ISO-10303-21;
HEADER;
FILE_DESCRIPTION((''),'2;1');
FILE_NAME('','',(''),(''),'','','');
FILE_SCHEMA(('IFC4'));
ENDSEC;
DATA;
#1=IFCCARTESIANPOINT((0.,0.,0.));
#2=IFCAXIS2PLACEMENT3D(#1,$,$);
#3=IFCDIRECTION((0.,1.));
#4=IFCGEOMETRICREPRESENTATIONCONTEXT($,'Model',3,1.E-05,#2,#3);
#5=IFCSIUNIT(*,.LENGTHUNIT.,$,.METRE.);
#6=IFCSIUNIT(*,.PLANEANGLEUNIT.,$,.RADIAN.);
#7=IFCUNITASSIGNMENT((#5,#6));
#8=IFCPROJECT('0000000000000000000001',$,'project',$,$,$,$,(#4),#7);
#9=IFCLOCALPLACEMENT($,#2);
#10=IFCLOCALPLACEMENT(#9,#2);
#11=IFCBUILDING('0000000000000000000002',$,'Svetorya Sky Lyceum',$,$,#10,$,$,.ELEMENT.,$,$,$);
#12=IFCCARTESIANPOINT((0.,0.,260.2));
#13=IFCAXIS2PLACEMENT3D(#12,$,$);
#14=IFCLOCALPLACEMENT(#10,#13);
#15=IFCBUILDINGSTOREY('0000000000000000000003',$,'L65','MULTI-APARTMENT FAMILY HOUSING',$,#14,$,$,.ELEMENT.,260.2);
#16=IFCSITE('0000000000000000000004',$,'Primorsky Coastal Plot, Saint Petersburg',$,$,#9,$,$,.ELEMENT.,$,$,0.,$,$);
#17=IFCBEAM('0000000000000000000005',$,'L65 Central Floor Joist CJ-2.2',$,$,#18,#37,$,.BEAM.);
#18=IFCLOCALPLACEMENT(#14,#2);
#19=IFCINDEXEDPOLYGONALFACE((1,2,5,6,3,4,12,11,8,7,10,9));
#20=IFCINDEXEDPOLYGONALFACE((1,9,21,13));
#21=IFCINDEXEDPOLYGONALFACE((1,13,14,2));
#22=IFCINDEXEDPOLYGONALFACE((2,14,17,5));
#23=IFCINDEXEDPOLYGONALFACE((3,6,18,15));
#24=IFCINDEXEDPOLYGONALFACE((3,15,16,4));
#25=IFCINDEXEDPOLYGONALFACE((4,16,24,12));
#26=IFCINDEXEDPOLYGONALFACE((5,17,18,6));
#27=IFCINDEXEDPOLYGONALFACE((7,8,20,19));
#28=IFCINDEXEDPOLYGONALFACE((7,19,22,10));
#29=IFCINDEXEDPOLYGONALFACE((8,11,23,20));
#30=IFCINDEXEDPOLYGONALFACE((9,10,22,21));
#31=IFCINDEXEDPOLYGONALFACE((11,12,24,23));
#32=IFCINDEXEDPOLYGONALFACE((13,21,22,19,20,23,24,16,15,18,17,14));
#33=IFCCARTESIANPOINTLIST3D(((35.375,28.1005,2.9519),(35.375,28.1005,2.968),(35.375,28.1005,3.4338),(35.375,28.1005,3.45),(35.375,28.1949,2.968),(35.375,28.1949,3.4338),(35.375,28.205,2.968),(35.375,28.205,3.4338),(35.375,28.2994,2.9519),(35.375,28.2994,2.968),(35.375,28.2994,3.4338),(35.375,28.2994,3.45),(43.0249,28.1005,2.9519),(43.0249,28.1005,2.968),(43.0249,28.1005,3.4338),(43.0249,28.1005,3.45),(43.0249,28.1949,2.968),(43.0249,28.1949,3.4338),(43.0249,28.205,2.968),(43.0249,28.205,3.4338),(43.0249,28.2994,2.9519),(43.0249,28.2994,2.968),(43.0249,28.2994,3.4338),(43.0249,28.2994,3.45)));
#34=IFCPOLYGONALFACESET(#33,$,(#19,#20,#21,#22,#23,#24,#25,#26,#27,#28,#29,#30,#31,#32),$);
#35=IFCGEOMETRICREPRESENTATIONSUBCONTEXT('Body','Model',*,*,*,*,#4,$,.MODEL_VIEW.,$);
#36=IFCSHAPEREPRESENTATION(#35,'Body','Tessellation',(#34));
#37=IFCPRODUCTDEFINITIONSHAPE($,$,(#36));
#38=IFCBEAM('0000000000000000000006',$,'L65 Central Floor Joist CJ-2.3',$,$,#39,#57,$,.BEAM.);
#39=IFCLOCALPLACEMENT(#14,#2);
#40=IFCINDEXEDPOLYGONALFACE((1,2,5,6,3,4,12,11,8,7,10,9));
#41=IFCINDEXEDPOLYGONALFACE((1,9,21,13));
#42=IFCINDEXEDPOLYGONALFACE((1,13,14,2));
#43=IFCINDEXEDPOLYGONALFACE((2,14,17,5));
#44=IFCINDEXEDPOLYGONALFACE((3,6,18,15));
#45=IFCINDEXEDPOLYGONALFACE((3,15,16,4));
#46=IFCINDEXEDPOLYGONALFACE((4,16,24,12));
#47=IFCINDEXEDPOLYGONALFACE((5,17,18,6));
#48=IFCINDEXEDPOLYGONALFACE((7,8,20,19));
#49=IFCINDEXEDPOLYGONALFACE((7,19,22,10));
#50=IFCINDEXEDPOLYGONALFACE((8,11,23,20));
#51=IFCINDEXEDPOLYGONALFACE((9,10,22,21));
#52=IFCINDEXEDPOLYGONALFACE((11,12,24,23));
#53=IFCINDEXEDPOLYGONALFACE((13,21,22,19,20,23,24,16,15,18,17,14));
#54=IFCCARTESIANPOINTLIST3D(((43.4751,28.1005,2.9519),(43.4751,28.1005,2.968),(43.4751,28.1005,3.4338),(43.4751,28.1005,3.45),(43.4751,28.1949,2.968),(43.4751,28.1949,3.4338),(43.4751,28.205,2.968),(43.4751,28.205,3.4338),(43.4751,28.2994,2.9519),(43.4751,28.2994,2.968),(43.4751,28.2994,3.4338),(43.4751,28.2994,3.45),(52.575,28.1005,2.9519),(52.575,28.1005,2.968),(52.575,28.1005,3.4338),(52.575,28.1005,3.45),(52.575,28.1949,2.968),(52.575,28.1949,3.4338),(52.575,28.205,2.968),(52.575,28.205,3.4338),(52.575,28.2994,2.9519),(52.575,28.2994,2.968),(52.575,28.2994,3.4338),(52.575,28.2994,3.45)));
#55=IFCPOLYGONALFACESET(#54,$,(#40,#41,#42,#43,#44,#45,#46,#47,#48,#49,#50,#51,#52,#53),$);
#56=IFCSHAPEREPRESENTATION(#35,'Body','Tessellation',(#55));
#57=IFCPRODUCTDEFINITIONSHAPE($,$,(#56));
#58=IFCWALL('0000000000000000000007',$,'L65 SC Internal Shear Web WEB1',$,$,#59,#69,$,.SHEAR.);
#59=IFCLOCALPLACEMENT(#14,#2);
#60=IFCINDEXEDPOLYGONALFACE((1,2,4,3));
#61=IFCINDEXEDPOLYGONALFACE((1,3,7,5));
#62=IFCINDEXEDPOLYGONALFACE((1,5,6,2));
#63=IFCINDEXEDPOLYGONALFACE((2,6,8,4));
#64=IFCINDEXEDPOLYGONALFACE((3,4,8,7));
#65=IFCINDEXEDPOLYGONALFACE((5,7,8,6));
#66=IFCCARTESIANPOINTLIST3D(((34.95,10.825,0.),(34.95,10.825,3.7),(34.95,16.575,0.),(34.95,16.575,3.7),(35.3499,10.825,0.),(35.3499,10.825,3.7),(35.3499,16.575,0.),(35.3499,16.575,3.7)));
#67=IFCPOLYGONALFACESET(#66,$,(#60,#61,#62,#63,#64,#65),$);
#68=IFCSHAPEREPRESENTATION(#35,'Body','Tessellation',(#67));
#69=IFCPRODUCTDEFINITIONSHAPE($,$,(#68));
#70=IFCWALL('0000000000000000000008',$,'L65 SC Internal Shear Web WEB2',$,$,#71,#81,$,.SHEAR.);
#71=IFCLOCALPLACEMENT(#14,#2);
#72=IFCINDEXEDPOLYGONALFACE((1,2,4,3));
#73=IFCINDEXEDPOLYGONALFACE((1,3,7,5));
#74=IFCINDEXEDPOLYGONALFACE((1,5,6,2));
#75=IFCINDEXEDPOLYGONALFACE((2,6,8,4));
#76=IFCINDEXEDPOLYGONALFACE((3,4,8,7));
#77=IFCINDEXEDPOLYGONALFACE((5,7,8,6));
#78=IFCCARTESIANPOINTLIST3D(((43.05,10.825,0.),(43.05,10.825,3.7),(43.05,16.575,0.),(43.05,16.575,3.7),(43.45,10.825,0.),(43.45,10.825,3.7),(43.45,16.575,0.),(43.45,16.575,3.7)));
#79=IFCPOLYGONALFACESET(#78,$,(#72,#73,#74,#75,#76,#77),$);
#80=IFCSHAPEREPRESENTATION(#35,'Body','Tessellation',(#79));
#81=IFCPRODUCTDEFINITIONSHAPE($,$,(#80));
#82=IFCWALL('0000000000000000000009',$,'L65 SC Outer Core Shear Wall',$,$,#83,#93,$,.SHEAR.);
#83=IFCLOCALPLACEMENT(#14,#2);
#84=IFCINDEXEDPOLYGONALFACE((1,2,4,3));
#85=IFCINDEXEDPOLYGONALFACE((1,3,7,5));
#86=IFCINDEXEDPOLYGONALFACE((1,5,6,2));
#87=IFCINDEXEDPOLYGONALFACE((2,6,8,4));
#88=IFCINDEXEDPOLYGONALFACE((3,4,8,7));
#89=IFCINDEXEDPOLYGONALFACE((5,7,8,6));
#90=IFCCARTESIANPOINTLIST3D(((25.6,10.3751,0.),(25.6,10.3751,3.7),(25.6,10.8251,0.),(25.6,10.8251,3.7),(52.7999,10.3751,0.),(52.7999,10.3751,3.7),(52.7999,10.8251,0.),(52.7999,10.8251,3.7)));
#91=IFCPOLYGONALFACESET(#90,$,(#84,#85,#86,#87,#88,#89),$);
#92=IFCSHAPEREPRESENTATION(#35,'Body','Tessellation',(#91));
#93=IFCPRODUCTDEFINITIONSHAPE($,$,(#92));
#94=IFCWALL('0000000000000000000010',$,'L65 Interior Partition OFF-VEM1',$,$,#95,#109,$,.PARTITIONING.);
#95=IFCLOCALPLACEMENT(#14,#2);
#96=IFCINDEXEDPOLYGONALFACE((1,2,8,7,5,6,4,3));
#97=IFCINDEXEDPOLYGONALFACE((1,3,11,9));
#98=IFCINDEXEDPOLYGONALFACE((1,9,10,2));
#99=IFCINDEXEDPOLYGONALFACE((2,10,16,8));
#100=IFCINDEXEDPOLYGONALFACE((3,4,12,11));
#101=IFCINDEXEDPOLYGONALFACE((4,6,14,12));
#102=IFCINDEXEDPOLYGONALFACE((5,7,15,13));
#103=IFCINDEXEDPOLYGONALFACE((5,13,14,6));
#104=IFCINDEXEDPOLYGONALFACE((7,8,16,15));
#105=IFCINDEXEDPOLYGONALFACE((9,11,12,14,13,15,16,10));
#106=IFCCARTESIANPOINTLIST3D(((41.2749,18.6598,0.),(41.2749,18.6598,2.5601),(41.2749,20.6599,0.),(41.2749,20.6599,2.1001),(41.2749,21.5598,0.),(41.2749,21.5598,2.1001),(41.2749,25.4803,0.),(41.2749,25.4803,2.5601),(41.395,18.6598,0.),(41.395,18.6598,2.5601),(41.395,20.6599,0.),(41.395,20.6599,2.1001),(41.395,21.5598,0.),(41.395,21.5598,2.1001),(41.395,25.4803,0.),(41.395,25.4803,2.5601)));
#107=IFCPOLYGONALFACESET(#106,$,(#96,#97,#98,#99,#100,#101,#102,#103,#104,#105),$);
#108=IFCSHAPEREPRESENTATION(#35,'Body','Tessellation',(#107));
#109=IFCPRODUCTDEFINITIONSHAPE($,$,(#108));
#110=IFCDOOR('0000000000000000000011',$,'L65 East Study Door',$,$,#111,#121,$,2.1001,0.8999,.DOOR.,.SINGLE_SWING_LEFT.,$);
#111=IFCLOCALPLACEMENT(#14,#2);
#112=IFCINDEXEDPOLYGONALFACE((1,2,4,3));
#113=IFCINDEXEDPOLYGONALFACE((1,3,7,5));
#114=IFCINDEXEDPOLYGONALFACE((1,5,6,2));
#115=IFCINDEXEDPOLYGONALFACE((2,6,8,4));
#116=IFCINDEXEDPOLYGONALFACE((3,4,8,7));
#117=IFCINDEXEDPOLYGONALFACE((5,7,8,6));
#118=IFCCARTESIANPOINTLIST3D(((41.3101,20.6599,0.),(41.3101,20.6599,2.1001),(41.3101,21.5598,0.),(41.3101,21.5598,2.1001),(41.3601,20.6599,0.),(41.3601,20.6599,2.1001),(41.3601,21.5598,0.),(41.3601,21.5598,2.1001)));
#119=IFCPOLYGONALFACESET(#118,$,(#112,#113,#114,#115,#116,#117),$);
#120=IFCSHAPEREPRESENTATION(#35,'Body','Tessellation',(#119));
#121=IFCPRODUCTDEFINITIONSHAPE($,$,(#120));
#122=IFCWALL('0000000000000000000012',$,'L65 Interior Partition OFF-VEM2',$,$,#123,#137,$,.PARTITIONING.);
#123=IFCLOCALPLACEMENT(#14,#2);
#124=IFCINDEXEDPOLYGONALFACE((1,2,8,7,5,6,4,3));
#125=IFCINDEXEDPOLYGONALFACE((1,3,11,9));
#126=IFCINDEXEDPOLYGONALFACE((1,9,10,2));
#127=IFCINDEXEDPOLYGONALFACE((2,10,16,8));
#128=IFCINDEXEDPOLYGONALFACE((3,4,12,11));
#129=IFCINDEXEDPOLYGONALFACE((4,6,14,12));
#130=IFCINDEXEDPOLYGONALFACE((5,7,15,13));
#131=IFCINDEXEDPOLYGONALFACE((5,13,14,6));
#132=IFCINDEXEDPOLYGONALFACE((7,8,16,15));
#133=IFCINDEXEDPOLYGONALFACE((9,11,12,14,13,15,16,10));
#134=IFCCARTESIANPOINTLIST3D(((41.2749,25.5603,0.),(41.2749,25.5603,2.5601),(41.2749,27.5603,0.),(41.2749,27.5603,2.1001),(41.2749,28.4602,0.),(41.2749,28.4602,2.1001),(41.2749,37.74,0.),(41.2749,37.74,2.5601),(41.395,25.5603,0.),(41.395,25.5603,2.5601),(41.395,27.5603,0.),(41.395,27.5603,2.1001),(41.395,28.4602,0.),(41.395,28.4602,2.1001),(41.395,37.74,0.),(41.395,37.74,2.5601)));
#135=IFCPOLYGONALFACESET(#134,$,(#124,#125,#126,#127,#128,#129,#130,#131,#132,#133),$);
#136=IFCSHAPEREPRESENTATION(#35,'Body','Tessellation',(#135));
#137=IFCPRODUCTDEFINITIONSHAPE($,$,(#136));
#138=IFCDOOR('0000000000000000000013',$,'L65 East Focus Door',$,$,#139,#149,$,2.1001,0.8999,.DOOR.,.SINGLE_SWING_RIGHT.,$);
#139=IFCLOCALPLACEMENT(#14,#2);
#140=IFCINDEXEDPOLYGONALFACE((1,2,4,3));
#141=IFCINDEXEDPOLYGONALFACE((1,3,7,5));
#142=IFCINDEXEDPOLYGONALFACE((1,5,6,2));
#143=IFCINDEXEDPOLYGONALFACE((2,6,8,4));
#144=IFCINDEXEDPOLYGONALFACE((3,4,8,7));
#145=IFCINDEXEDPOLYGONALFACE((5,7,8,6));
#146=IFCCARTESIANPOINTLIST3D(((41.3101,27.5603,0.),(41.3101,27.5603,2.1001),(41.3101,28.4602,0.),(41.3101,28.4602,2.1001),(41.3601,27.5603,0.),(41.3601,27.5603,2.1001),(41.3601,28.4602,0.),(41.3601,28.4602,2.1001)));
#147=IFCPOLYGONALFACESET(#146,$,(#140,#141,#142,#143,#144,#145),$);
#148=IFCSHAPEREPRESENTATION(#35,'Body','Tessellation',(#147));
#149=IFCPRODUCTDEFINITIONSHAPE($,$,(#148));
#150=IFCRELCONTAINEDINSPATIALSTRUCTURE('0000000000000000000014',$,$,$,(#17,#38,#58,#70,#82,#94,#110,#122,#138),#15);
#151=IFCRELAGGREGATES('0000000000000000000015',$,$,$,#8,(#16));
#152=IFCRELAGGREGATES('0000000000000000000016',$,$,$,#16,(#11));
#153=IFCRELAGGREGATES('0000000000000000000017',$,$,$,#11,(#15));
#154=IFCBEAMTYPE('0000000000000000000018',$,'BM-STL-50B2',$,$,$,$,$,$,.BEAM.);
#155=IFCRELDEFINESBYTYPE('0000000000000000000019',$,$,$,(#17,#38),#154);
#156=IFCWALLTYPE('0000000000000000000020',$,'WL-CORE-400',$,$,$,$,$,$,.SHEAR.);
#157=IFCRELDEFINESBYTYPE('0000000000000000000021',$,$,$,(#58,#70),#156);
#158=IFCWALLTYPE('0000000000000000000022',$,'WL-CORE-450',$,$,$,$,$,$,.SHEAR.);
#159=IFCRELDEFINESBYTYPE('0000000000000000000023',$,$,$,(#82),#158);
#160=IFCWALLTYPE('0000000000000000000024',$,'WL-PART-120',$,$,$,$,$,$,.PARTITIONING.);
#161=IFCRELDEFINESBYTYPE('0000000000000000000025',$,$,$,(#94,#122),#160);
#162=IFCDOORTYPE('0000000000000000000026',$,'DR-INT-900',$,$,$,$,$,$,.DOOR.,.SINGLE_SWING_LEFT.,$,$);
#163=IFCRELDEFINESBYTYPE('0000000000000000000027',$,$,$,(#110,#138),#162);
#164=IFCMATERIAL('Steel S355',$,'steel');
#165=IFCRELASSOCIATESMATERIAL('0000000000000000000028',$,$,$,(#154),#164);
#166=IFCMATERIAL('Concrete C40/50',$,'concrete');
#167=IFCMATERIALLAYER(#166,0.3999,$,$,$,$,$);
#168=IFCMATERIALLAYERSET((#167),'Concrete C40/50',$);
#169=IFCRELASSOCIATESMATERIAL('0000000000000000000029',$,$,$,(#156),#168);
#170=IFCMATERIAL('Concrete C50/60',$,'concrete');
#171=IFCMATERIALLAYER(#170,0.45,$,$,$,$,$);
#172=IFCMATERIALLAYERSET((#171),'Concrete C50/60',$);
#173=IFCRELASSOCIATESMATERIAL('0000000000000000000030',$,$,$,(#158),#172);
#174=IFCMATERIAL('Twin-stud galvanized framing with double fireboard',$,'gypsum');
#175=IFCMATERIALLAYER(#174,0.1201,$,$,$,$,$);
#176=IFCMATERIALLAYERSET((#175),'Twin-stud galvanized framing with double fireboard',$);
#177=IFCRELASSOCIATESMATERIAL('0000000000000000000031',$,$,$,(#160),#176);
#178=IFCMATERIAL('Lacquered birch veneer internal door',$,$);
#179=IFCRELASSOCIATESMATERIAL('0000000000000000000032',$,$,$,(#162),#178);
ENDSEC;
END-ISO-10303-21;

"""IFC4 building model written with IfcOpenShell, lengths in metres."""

from ifc_helpers import new_model, si_unit, direction, frame, frame_2d, origin, origin_2d, place, context, subcontext, project, spatial, rectangle, i_section, extrude, material, layer, layer_set, material_profile, profile_set, type_object, element, fill, save


model = new_model("IFC4")

# Units and contexts
model_context = context("Model", 3, precision=1e-05, world=origin(), true_north=direction((0.0, 1.0)))
body_context = subcontext(model_context, "Body", "Model", "MODEL_VIEW")
ifc_project = project(units=[si_unit("LENGTHUNIT", "METRE"), si_unit("PLANEANGLEUNIT", "RADIAN")], contexts=[model_context])

# Site, building, storey
site_placement = place(None, origin())
site = spatial("IfcSite", under=ifc_project, at=site_placement, Name="Primorsky Coastal Plot, Saint Petersburg", CompositionType="ELEMENT", RefElevation=0.0)
building_placement = place(site_placement, origin())
building = spatial("IfcBuilding", under=site, at=building_placement, Name="Svetorya Sky Lyceum", CompositionType="ELEMENT")
storey_placement = place(building_placement, frame((0.0, 0.0, 260.2)))
storey = spatial("IfcBuildingStorey", under=building, at=storey_placement, Name="L65", Description="MULTI-APARTMENT FAMILY HOUSING", CompositionType="ELEMENT", Elevation=260.2)

# Shared definitions
ifc_material_1 = material(Name="Concrete C40/50", Category="concrete")

# Beams
ifc_material_2 = material(Name="Concrete C50/60", Category="concrete")
ifc_material_3 = material(Name="Steel S355", Category="steel")
ifc_material_profile_1 = material_profile(ifc_material_3, i_section(OverallWidth=0.199, OverallDepth=0.498, WebThickness=0.01, FlangeThickness=0.0161, at=origin_2d()), Name="GOST 50B2")
ifc_profile_set_1 = profile_set([ifc_material_profile_1], Name="Steel S355")
beam_type_1 = type_object("IfcBeamType", Name="BM-STL-50B2", PredefinedType="BEAM", material=ifc_profile_set_1)
beam_1_placement = place(storey_placement, frame((35.375, 28.2, 3.2009), z_axis=(1.0, 0.0, 0.0), x_axis=(0.0, 1.0, 0.0)))
element("IfcBeam", 1, at=beam_1_placement, inside=storey, type_object=beam_type_1, Name="L65 Central Floor Joist CJ-2.2", PredefinedType="BEAM", context=body_context, shape_type="SweptSolid", body=[
    extrude(i_section(OverallWidth=0.199, OverallDepth=0.498, WebThickness=0.01, FlangeThickness=0.0161, at=origin_2d()), origin(), (0.0, 0.0, 1.0), 7.6499),
])
beam_2_placement = place(storey_placement, frame((43.4751, 28.2, 3.2009), z_axis=(1.0, 0.0, 0.0), x_axis=(0.0, 1.0, 0.0)))
element("IfcBeam", 2, at=beam_2_placement, inside=storey, type_object=beam_type_1, Name="L65 Central Floor Joist CJ-2.3", PredefinedType="BEAM", context=body_context, shape_type="SweptSolid", body=[
    extrude(i_section(OverallWidth=0.199, OverallDepth=0.498, WebThickness=0.01, FlangeThickness=0.0161, at=origin_2d()), origin(), (0.0, 0.0, 1.0), 9.0999),
])

# Walls
ifc_layer_1 = layer(ifc_material_1, 0.3999)
ifc_layer_set_1 = layer_set([ifc_layer_1], Name="Concrete C40/50")
wall_type_1 = type_object("IfcWallType", Name="WL-CORE-400", PredefinedType="SHEAR", material=ifc_layer_set_1)
for number, where, z_axis, x_axis, name in (
    (3, (35.1499, 10.825, 0.0), (0.0, 0.0, 1.0), (0.0, 1.0, 0.0), "L65 SC Internal Shear Web WEB1"),
    (4, (43.25, 10.825, 0.0), (0.0, 0.0, 1.0), (0.0, 1.0, 0.0), "L65 SC Internal Shear Web WEB2"),
):
    element("IfcWall", number, at=place(storey_placement, frame(where, z_axis=z_axis, x_axis=x_axis)), inside=storey, type_object=wall_type_1, Name=name, PredefinedType="SHEAR", context=body_context, shape_type="SweptSolid", body=[
        extrude(rectangle(XDim=5.75, YDim=0.3999, at=frame_2d((2.875, 0.0))), origin(), (0.0, 0.0, 1.0), 3.7),
    ])
ifc_layer_2 = layer(ifc_material_2, 0.45)
ifc_layer_set_2 = layer_set([ifc_layer_2], Name="Concrete C50/60")
wall_type_2 = type_object("IfcWallType", Name="WL-CORE-450", PredefinedType="SHEAR", material=ifc_layer_set_2)
wall_1_placement = place(storey_placement, frame((52.8, 10.6001, 0.0), z_axis=(0.0, 0.0, 1.0), x_axis=(-1.0, 0.0, 0.0)))
element("IfcWall", 5, at=wall_1_placement, inside=storey, type_object=wall_type_2, Name="L65 SC Outer Core Shear Wall", PredefinedType="SHEAR", context=body_context, shape_type="SweptSolid", body=[
    extrude(rectangle(XDim=27.2, YDim=0.45, at=frame_2d((13.6001, 0.0))), origin(), (0.0, 0.0, 1.0), 3.7),
])

# Walls, openings, doors
ifc_material_4 = material(Name="Twin-stud galvanized framing with double fireboard", Category="gypsum")
ifc_layer_3 = layer(ifc_material_4, 0.1201)
ifc_layer_set_3 = layer_set([ifc_layer_3], Name="Twin-stud galvanized framing with double fireboard")
wall_type_3 = type_object("IfcWallType", Name="WL-PART-120", PredefinedType="PARTITIONING", material=ifc_layer_set_3)
wall_2_placement = place(storey_placement, frame((41.335, 18.6599, 0.0), z_axis=(0.0, 0.0, 1.0), x_axis=(0.0, 1.0, 0.0)))
wall_2 = element("IfcWall", 6, at=wall_2_placement, inside=storey, type_object=wall_type_3, Name="L65 Interior Partition OFF-VEM1", PredefinedType="PARTITIONING", context=body_context, shape_type="SweptSolid", body=[
    extrude(rectangle(XDim=6.8206, YDim=0.1201, at=frame_2d((3.4102, 0.0))), origin(), (0.0, 0.0, 1.0), 2.5601),
])
opening_1_placement = place(wall_2_placement, frame((2.0, 0.0, 0.0)))
opening_1 = element("IfcOpeningElement", 7, at=opening_1_placement, cuts=wall_2, PredefinedType="OPENING", context=body_context, shape_type="SweptSolid", body=[
    extrude(rectangle(XDim=0.8999, YDim=2.1001, at=frame_2d((0.45, 1.05))), frame((0.0, 0.0701, 0.0), z_axis=(0.0, -1.0, 0.0), x_axis=(1.0, 0.0, 0.0)), (0.0, 0.0, 1.0), 0.1401),
])
ifc_material_5 = material(Name="Lacquered birch veneer internal door")
door_type_1 = type_object("IfcDoorType", Name="DR-INT-900", OperationType="SINGLE_SWING_LEFT", PredefinedType="DOOR", material=ifc_material_5)
door_1_placement = place(opening_1_placement, origin())
door_1 = element("IfcDoor", 8, at=door_1_placement, inside=storey, type_object=door_type_1, Name="L65 East Study Door", OperationType="SINGLE_SWING_LEFT", OverallHeight=2.1001, OverallWidth=0.8999, PredefinedType="DOOR", context=body_context, shape_type="SweptSolid", body=[
    extrude(rectangle(XDim=0.8999, YDim=2.1001, at=frame_2d((0.45, 1.05))), frame((0.0, 0.0249, 0.0), z_axis=(0.0, -1.0, 0.0), x_axis=(1.0, 0.0, 0.0)), (0.0, 0.0, 1.0), 0.05),
])
fill(opening_1, door_1)
wall_3_placement = place(storey_placement, frame((41.335, 25.5603, 0.0), z_axis=(0.0, 0.0, 1.0), x_axis=(0.0, 1.0, 0.0)))
wall_3 = element("IfcWall", 9, at=wall_3_placement, inside=storey, type_object=wall_type_3, Name="L65 Interior Partition OFF-VEM2", PredefinedType="PARTITIONING", context=body_context, shape_type="SweptSolid", body=[
    extrude(rectangle(XDim=12.1797, YDim=0.1201, at=frame_2d((6.0898, 0.0))), origin(), (0.0, 0.0, 1.0), 2.5601),
])
opening_2_placement = place(wall_3_placement, frame((2.0, 0.0, 0.0)))
opening_2 = element("IfcOpeningElement", 10, at=opening_2_placement, cuts=wall_3, PredefinedType="OPENING", context=body_context, shape_type="SweptSolid", body=[
    extrude(rectangle(XDim=0.8999, YDim=2.1001, at=frame_2d((0.45, 1.05))), frame((0.0, 0.0701, 0.0), z_axis=(0.0, -1.0, 0.0), x_axis=(1.0, 0.0, 0.0)), (0.0, 0.0, 1.0), 0.1401),
])
door_2_placement = place(opening_2_placement, origin())
door_2 = element("IfcDoor", 11, at=door_2_placement, inside=storey, type_object=door_type_1, Name="L65 East Focus Door", OperationType="SINGLE_SWING_RIGHT", OverallHeight=2.1001, OverallWidth=0.8999, PredefinedType="DOOR", context=body_context, shape_type="SweptSolid", body=[
    extrude(rectangle(XDim=0.8999, YDim=2.1001, at=frame_2d((0.45, 1.05))), frame((0.0, 0.0249, 0.0), z_axis=(0.0, -1.0, 0.0), x_axis=(1.0, 0.0, 0.0)), (0.0, 0.0, 1.0), 0.05),
])
fill(opening_2, door_2)

save(model, "model.ifc")
